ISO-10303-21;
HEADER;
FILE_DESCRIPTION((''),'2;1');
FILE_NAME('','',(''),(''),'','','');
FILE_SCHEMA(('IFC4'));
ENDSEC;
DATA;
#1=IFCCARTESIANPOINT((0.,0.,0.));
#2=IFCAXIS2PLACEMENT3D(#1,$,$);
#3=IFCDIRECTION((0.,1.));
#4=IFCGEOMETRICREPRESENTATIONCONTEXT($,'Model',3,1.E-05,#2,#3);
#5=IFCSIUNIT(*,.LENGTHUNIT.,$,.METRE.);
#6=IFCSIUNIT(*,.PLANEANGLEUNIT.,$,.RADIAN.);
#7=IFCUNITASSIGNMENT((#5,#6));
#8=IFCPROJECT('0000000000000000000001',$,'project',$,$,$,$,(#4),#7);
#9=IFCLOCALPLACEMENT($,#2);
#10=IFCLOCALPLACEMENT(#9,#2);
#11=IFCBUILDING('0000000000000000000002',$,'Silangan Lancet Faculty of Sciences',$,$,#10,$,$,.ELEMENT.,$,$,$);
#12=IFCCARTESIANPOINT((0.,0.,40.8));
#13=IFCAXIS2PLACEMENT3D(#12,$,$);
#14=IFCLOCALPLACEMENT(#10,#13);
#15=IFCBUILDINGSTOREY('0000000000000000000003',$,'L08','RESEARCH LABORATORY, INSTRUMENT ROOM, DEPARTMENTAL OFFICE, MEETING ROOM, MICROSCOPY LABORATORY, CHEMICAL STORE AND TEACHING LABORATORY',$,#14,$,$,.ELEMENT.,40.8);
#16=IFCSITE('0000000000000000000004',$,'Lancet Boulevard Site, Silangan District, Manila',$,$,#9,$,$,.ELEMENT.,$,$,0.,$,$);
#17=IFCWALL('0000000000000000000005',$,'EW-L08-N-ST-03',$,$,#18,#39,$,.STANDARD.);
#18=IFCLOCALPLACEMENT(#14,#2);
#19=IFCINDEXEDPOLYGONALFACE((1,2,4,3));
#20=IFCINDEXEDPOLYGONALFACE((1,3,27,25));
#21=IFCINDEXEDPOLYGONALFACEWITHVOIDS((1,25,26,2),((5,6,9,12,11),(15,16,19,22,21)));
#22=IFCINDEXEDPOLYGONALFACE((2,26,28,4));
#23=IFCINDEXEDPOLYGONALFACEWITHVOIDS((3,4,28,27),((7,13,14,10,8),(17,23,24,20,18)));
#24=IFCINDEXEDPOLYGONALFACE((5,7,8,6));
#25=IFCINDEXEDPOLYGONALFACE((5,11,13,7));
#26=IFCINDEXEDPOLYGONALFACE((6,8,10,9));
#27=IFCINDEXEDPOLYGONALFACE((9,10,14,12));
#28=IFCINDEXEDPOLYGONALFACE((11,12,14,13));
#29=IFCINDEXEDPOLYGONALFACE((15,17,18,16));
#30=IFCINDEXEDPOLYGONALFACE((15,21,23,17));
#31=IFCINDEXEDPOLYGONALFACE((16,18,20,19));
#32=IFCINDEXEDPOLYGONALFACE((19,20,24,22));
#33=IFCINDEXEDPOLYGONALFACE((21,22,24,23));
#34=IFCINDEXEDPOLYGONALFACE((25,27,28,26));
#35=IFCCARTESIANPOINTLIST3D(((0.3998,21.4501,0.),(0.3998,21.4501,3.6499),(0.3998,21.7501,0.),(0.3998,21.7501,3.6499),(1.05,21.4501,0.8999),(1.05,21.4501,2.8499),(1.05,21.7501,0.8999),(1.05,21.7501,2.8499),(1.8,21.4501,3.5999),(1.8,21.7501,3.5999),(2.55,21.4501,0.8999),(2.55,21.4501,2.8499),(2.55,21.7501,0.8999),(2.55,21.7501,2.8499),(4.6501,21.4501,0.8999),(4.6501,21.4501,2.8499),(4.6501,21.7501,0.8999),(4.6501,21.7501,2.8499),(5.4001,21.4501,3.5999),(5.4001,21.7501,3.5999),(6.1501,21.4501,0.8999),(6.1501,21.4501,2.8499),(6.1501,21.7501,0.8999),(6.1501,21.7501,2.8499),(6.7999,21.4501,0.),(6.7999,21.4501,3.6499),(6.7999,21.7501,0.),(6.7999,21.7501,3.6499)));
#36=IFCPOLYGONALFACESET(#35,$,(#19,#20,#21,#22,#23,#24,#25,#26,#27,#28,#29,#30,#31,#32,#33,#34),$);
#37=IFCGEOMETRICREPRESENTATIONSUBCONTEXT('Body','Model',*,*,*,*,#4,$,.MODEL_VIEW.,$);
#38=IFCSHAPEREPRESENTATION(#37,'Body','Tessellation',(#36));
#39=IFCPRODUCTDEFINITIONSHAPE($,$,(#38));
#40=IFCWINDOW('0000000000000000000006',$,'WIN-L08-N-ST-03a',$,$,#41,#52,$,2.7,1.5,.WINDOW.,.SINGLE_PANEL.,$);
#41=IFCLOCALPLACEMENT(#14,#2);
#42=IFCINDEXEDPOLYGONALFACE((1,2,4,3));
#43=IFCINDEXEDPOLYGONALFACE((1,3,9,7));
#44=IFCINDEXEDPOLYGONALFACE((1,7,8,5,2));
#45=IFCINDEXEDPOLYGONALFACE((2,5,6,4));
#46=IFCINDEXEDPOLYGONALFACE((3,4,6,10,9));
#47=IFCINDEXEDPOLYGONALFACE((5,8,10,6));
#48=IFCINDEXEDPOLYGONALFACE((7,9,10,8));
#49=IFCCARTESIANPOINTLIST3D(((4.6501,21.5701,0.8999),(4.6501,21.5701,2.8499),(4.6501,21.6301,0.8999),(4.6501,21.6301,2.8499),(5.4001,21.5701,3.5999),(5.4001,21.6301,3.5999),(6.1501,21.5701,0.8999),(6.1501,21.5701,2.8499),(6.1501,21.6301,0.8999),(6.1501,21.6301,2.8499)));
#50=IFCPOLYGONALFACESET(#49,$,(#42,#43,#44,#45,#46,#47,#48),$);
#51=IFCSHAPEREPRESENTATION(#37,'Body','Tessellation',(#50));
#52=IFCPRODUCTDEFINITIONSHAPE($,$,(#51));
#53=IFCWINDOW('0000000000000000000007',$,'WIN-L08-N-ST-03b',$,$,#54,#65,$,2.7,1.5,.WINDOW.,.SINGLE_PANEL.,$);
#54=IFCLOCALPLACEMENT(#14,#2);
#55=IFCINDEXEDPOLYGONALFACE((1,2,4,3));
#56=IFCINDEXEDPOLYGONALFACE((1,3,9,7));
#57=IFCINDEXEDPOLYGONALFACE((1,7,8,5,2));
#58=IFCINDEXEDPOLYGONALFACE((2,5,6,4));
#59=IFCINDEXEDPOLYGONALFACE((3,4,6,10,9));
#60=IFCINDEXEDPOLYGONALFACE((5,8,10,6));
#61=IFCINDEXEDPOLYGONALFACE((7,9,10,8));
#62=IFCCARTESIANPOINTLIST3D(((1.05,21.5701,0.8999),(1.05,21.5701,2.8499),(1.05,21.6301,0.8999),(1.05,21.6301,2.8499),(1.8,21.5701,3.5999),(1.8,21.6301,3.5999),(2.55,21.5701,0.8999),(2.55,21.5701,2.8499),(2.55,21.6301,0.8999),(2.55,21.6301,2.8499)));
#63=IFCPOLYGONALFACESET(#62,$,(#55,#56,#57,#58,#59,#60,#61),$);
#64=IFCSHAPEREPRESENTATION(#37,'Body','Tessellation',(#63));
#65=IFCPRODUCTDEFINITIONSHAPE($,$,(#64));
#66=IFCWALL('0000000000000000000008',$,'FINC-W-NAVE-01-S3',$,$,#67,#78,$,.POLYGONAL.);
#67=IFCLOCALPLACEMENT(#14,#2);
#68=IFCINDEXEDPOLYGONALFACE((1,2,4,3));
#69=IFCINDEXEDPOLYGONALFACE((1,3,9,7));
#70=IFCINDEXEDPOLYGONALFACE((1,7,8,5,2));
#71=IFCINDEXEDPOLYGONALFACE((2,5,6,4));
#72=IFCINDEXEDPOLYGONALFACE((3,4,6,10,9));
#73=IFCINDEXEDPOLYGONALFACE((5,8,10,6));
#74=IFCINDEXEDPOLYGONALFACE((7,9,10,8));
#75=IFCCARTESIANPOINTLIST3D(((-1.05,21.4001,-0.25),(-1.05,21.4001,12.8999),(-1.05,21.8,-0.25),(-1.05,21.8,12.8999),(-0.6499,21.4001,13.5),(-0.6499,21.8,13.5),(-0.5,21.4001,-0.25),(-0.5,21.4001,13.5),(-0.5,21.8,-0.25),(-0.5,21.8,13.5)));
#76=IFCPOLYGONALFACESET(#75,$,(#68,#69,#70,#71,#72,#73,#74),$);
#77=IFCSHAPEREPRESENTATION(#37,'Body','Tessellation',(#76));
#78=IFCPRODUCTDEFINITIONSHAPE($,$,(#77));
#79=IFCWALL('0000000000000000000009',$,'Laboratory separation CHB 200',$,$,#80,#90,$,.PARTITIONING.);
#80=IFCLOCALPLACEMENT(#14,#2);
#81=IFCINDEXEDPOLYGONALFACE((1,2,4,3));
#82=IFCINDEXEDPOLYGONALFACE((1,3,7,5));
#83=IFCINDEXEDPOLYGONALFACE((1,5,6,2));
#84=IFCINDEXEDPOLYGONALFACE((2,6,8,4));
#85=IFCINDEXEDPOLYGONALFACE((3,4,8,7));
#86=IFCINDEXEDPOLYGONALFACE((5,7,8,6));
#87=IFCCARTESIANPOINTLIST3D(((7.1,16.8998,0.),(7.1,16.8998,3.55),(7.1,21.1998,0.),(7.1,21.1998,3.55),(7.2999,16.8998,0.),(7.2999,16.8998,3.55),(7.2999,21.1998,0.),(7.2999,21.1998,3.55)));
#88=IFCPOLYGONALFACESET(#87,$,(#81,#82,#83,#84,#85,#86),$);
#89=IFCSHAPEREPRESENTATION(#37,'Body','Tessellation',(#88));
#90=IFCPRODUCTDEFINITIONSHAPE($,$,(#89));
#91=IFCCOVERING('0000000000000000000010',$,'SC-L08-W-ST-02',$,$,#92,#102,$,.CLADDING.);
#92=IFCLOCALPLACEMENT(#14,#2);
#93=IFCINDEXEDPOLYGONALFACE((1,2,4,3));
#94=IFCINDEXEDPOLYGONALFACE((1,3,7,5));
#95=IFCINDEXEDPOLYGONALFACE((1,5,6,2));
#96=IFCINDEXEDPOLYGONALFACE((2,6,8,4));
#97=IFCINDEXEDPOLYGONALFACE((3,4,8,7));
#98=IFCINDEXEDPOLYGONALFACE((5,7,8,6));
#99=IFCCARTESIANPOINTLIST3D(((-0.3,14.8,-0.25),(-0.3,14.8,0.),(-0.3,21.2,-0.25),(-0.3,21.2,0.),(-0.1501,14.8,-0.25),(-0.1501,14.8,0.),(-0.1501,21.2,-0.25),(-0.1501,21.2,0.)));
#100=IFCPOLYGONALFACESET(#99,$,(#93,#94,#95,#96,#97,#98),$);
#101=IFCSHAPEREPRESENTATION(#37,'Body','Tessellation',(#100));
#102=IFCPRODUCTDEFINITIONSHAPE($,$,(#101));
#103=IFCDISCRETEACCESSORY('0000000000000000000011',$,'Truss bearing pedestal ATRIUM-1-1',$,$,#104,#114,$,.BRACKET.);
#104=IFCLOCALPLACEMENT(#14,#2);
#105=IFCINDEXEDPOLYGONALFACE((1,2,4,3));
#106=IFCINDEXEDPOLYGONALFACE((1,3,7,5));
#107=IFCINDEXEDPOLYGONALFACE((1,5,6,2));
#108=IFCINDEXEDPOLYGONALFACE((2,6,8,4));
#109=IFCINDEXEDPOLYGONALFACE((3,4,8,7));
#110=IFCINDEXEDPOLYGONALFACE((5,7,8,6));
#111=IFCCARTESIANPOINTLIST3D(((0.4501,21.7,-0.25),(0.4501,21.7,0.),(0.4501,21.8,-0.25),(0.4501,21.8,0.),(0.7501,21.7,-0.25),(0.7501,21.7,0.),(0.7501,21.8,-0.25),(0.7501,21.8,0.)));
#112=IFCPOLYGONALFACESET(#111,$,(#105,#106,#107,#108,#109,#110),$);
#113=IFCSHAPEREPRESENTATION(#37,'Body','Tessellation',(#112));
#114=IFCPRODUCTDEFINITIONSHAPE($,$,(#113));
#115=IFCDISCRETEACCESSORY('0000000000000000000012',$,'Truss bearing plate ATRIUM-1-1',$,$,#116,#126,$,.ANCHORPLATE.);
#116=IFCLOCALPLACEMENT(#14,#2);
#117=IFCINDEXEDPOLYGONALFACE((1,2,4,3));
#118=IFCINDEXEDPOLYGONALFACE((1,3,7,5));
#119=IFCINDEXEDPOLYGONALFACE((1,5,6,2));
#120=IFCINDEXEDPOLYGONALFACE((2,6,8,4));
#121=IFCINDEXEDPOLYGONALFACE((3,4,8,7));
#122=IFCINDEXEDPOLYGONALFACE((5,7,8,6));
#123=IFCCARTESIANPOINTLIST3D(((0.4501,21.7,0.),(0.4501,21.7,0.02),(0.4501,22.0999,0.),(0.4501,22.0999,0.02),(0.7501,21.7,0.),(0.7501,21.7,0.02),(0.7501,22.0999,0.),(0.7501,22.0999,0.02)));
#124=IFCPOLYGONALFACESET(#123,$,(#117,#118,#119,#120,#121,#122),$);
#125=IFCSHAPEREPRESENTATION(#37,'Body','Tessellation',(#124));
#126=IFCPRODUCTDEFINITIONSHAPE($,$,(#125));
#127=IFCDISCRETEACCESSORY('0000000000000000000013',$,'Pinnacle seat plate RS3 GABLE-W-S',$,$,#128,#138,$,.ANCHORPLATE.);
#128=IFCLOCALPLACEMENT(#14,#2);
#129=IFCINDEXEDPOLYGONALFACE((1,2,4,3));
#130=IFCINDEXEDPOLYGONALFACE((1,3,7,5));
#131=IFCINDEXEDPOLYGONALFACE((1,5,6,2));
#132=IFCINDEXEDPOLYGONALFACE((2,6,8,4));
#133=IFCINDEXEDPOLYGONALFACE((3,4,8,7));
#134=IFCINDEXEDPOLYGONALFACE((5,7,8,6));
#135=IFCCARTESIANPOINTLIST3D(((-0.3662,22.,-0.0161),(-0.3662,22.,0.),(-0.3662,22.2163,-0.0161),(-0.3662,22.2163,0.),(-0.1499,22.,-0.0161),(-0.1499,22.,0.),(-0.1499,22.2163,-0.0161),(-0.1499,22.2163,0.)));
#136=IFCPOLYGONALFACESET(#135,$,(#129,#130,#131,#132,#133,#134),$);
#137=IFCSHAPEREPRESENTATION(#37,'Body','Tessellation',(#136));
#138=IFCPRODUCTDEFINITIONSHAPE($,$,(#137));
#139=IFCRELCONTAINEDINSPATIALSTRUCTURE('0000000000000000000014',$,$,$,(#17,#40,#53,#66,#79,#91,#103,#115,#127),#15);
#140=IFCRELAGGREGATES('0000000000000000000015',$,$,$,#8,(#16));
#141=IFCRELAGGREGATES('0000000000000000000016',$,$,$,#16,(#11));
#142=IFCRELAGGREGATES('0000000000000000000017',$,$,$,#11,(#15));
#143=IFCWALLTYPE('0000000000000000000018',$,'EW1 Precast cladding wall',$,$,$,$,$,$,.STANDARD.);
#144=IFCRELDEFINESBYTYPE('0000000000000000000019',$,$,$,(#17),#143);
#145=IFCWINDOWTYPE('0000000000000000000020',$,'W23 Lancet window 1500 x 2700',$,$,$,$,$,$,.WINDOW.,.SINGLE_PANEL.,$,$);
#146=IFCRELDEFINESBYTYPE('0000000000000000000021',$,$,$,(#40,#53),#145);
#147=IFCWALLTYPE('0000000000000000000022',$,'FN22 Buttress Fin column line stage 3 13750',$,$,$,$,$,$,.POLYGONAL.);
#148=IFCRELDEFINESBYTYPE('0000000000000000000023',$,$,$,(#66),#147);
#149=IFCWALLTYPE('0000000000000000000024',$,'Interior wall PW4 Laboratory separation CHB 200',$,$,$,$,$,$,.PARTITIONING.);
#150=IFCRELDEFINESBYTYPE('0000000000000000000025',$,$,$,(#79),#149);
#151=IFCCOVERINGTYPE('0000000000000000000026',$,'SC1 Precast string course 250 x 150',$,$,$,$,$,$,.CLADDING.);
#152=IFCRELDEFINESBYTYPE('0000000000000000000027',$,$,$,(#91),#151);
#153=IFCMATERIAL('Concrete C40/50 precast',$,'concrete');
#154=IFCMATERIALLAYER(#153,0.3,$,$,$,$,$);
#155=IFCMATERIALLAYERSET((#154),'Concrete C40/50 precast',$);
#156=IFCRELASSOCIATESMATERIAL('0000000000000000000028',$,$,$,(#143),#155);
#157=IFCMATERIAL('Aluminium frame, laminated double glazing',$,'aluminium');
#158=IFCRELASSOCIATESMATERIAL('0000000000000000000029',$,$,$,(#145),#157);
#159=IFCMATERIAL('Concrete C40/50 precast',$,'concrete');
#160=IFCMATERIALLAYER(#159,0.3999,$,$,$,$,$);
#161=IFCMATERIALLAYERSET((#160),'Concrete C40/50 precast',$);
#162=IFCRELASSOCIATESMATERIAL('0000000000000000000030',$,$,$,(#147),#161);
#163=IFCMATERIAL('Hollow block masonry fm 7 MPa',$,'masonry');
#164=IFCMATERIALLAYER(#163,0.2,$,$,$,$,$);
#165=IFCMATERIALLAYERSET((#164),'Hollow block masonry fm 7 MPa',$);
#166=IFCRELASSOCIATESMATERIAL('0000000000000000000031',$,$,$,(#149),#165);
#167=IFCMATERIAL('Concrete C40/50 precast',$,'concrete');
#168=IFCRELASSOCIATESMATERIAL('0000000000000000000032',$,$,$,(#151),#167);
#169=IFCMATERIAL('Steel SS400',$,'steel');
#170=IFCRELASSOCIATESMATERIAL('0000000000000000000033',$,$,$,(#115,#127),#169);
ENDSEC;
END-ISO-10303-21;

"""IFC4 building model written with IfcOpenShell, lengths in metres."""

from ifc_helpers import new_model, si_unit, direction, frame, frame_2d, origin, origin_2d, place, context, subcontext, project, spatial, polyline, rectangle, outline, extrude, material, layer, layer_set, type_object, element, fill, save


model = new_model("IFC4")

# Units and contexts
model_context = context("Model", 3, precision=1e-05, world=origin(), true_north=direction((0.0, 1.0)))
body_context = subcontext(model_context, "Body", "Model", "MODEL_VIEW")
ifc_project = project(units=[si_unit("LENGTHUNIT", "METRE"), si_unit("PLANEANGLEUNIT", "RADIAN")], contexts=[model_context])

# Site, building, storey
site_placement = place(None, origin())
site = spatial("IfcSite", under=ifc_project, at=site_placement, Name="Lancet Boulevard Site, Silangan District, Manila", CompositionType="ELEMENT", RefElevation=0.0)
building_placement = place(site_placement, origin())
building = spatial("IfcBuilding", under=site, at=building_placement, Name="Silangan Lancet Faculty of Sciences", CompositionType="ELEMENT")
storey_placement = place(building_placement, frame((0.0, 0.0, 40.8)))
storey = spatial("IfcBuildingStorey", under=building, at=storey_placement, Name="L08", Description="RESEARCH LABORATORY, INSTRUMENT ROOM, DEPARTMENTAL OFFICE, MEETING ROOM, MICROSCOPY LABORATORY, CHEMICAL STORE AND TEACHING LABORATORY", CompositionType="ELEMENT", Elevation=40.8)

# Wall, openings, windows
ifc_material_1 = material(Name="Concrete C40/50 precast", Category="concrete")
ifc_layer_1 = layer(ifc_material_1, 0.3)
ifc_layer_set_1 = layer_set([ifc_layer_1], Name="Concrete C40/50 precast")
wall_type_1 = type_object("IfcWallType", Name="EW1 Precast cladding wall", PredefinedType="STANDARD", material=ifc_layer_set_1)
wall_1_placement = place(storey_placement, frame((6.8, 21.6001, 0.0), z_axis=(0.0, 0.0, 1.0), x_axis=(-1.0, 0.0, 0.0)))
wall_1 = element("IfcWall", 1, at=wall_1_placement, inside=storey, type_object=wall_type_1, Name="EW-L08-N-ST-03", PredefinedType="STANDARD", context=body_context, shape_type="SweptSolid", body=[
    extrude(rectangle(XDim=6.4001, YDim=0.3, at=frame_2d((3.2002, 0.0))), origin(), (0.0, 0.0, 1.0), 3.6499),
])
opening_1_placement = place(wall_1_placement, frame((0.6499, 0.0, 0.8999)))
opening_1 = element("IfcOpeningElement", 2, at=opening_1_placement, cuts=wall_1, PredefinedType="OPENING", context=body_context, shape_type="SweptSolid", body=[
    extrude(outline(polyline([(0.0, 0.0), (1.5, 0.0), (1.5, 1.95), (0.75, 2.7), (0.0, 1.95), (0.0, 0.0)])), frame((0.0, 0.1599, 0.0), z_axis=(0.0, -1.0, 0.0), x_axis=(1.0, 0.0, 0.0)), (0.0, 0.0, 1.0), 0.3201),
])
opening_2_placement = place(wall_1_placement, frame((4.25, 0.0, 0.8999)))
opening_2 = element("IfcOpeningElement", 3, at=opening_2_placement, cuts=wall_1, PredefinedType="OPENING", context=body_context, shape_type="SweptSolid", body=[
    extrude(outline(polyline([(0.0, 0.0), (1.5, 0.0), (1.5, 1.95), (0.75, 2.7), (0.0, 1.95), (0.0, 0.0)])), frame((0.0, 0.1599, 0.0), z_axis=(0.0, -1.0, 0.0), x_axis=(1.0, 0.0, 0.0)), (0.0, 0.0, 1.0), 0.3201),
])
ifc_material_2 = material(Name="Aluminium frame, laminated double glazing", Category="aluminium")
window_type = type_object("IfcWindowType", Name="W23 Lancet window 1500 x 2700", PartitioningType="SINGLE_PANEL", PredefinedType="WINDOW", material=ifc_material_2)
window_1_placement = place(opening_1_placement, origin())
window_1 = element("IfcWindow", 4, at=window_1_placement, inside=storey, type_object=window_type, Name="WIN-L08-N-ST-03a", OverallHeight=2.7, OverallWidth=1.5, PartitioningType="SINGLE_PANEL", PredefinedType="WINDOW", context=body_context, shape_type="SweptSolid", body=[
    extrude(outline(polyline([(0.0, 0.0), (1.5, 0.0), (1.5, 1.95), (0.75, 2.7), (0.0, 1.95), (0.0, 0.0)])), frame((0.0, 0.03, 0.0), z_axis=(0.0, -1.0, 0.0), x_axis=(1.0, 0.0, 0.0)), (0.0, 0.0, 1.0), 0.0601),
])
fill(opening_1, window_1)
window_2_placement = place(opening_2_placement, origin())
window_2 = element("IfcWindow", 5, at=window_2_placement, inside=storey, type_object=window_type, Name="WIN-L08-N-ST-03b", OverallHeight=2.7, OverallWidth=1.5, PartitioningType="SINGLE_PANEL", PredefinedType="WINDOW", context=body_context, shape_type="SweptSolid", body=[
    extrude(outline(polyline([(0.0, 0.0), (1.5, 0.0), (1.5, 1.95), (0.75, 2.7), (0.0, 1.95), (0.0, 0.0)])), frame((0.0, 0.03, 0.0), z_axis=(0.0, -1.0, 0.0), x_axis=(1.0, 0.0, 0.0)), (0.0, 0.0, 1.0), 0.0601),
])
fill(opening_2, window_2)

# Walls
ifc_material_3 = material(Name="Concrete C40/50 precast", Category="concrete")
ifc_layer_2 = layer(ifc_material_3, 0.3999)
ifc_layer_set_2 = layer_set([ifc_layer_2], Name="Concrete C40/50 precast")
wall_type_2 = type_object("IfcWallType", Name="FN22 Buttress Fin column line stage 3 13750", PredefinedType="POLYGONAL", material=ifc_layer_set_2)
wall_2_placement = place(storey_placement, frame((-0.5, 21.6001, -0.25), z_axis=(0.0, 0.0, 1.0), x_axis=(-1.0, 0.0, 0.0)))
element("IfcWall", 6, at=wall_2_placement, inside=storey, type_object=wall_type_2, Name="FINC-W-NAVE-01-S3", PredefinedType="POLYGONAL", context=body_context, shape_type="SweptSolid", body=[
    extrude(outline(polyline([(0.55, 0.0), (0.55, 13.1499), (0.1499, 13.75), (0.0, 13.75), (0.0, 0.0), (0.55, 0.0)])), frame((0.0, 0.2, 0.0), z_axis=(0.0, -1.0, 0.0), x_axis=(1.0, 0.0, 0.0)), (0.0, 0.0, 1.0), 0.3999),
])
ifc_material_4 = material(Name="Hollow block masonry fm 7 MPa", Category="masonry")
ifc_layer_3 = layer(ifc_material_4, 0.2)
ifc_layer_set_3 = layer_set([ifc_layer_3], Name="Hollow block masonry fm 7 MPa")
wall_type_3 = type_object("IfcWallType", Name="Interior wall PW4 Laboratory separation CHB 200", PredefinedType="PARTITIONING", material=ifc_layer_set_3)
wall_3_placement = place(storey_placement, frame((7.2, 16.8999, 0.0), z_axis=(0.0, 0.0, 1.0), x_axis=(0.0, 1.0, 0.0)))
element("IfcWall", 7, at=wall_3_placement, inside=storey, type_object=wall_type_3, Name="Laboratory separation CHB 200", PredefinedType="PARTITIONING", context=body_context, shape_type="SweptSolid", body=[
    extrude(rectangle(XDim=4.3, YDim=0.2, at=frame_2d((2.1499, 0.0))), origin(), (0.0, 0.0, 1.0), 3.55),
])

# Covering
ifc_material_5 = material(Name="Concrete C40/50 precast", Category="concrete")
covering_type = type_object("IfcCoveringType", Name="SC1 Precast string course 250 x 150", PredefinedType="CLADDING", material=ifc_material_5)
covering_placement = place(storey_placement, frame((-0.2251, 18.0, -0.25), z_axis=(0.0, 0.0, 1.0), x_axis=(1.0, 0.0, 0.0)))
element("IfcCovering", 8, at=covering_placement, inside=storey, type_object=covering_type, Name="SC-L08-W-ST-02", PredefinedType="CLADDING", context=body_context, shape_type="SweptSolid", body=[
    extrude(rectangle(XDim=0.1499, YDim=6.3999, at=origin_2d()), origin(), (0.0, 0.0, 1.0), 0.25),
])

# Discrete accessories
discrete_accessory_1_placement = place(storey_placement, frame((0.6001, 21.75, -0.25), z_axis=(0.0, 0.0, 1.0), x_axis=(1.0, 0.0, 0.0)))
element("IfcDiscreteAccessory", 9, at=discrete_accessory_1_placement, inside=storey, Name="Truss bearing pedestal ATRIUM-1-1", PredefinedType="BRACKET", context=body_context, shape_type="SweptSolid", body=[
    extrude(rectangle(XDim=0.3, YDim=0.1001, at=origin_2d()), origin(), (0.0, 0.0, 1.0), 0.25),
])
ifc_material_6 = material(Name="Steel SS400", Category="steel")
discrete_accessory_2_placement = place(storey_placement, frame((0.6001, 21.8999, 0.0), z_axis=(0.0, 0.0, 1.0), x_axis=(1.0, 0.0, 0.0)))
element("IfcDiscreteAccessory", 10, at=discrete_accessory_2_placement, inside=storey, material=ifc_material_6, Name="Truss bearing plate ATRIUM-1-1", PredefinedType="ANCHORPLATE", context=body_context, shape_type="SweptSolid", body=[
    extrude(rectangle(XDim=0.3, YDim=0.3999, at=origin_2d()), origin(), (0.0, 0.0, 1.0), 0.02),
])
discrete_accessory_3_placement = place(storey_placement, frame((-0.2581, 22.1082, -0.0161), z_axis=(0.0, 0.0, 1.0), x_axis=(1.0, 0.0, 0.0)))
element("IfcDiscreteAccessory", 11, at=discrete_accessory_3_placement, inside=storey, material=ifc_material_6, Name="Pinnacle seat plate RS3 GABLE-W-S", PredefinedType="ANCHORPLATE", context=body_context, shape_type="SweptSolid", body=[
    extrude(rectangle(XDim=0.2163, YDim=0.2163, at=origin_2d()), origin(), (0.0, 0.0, 1.0), 0.0161),
])

save(model, "model.ifc")
